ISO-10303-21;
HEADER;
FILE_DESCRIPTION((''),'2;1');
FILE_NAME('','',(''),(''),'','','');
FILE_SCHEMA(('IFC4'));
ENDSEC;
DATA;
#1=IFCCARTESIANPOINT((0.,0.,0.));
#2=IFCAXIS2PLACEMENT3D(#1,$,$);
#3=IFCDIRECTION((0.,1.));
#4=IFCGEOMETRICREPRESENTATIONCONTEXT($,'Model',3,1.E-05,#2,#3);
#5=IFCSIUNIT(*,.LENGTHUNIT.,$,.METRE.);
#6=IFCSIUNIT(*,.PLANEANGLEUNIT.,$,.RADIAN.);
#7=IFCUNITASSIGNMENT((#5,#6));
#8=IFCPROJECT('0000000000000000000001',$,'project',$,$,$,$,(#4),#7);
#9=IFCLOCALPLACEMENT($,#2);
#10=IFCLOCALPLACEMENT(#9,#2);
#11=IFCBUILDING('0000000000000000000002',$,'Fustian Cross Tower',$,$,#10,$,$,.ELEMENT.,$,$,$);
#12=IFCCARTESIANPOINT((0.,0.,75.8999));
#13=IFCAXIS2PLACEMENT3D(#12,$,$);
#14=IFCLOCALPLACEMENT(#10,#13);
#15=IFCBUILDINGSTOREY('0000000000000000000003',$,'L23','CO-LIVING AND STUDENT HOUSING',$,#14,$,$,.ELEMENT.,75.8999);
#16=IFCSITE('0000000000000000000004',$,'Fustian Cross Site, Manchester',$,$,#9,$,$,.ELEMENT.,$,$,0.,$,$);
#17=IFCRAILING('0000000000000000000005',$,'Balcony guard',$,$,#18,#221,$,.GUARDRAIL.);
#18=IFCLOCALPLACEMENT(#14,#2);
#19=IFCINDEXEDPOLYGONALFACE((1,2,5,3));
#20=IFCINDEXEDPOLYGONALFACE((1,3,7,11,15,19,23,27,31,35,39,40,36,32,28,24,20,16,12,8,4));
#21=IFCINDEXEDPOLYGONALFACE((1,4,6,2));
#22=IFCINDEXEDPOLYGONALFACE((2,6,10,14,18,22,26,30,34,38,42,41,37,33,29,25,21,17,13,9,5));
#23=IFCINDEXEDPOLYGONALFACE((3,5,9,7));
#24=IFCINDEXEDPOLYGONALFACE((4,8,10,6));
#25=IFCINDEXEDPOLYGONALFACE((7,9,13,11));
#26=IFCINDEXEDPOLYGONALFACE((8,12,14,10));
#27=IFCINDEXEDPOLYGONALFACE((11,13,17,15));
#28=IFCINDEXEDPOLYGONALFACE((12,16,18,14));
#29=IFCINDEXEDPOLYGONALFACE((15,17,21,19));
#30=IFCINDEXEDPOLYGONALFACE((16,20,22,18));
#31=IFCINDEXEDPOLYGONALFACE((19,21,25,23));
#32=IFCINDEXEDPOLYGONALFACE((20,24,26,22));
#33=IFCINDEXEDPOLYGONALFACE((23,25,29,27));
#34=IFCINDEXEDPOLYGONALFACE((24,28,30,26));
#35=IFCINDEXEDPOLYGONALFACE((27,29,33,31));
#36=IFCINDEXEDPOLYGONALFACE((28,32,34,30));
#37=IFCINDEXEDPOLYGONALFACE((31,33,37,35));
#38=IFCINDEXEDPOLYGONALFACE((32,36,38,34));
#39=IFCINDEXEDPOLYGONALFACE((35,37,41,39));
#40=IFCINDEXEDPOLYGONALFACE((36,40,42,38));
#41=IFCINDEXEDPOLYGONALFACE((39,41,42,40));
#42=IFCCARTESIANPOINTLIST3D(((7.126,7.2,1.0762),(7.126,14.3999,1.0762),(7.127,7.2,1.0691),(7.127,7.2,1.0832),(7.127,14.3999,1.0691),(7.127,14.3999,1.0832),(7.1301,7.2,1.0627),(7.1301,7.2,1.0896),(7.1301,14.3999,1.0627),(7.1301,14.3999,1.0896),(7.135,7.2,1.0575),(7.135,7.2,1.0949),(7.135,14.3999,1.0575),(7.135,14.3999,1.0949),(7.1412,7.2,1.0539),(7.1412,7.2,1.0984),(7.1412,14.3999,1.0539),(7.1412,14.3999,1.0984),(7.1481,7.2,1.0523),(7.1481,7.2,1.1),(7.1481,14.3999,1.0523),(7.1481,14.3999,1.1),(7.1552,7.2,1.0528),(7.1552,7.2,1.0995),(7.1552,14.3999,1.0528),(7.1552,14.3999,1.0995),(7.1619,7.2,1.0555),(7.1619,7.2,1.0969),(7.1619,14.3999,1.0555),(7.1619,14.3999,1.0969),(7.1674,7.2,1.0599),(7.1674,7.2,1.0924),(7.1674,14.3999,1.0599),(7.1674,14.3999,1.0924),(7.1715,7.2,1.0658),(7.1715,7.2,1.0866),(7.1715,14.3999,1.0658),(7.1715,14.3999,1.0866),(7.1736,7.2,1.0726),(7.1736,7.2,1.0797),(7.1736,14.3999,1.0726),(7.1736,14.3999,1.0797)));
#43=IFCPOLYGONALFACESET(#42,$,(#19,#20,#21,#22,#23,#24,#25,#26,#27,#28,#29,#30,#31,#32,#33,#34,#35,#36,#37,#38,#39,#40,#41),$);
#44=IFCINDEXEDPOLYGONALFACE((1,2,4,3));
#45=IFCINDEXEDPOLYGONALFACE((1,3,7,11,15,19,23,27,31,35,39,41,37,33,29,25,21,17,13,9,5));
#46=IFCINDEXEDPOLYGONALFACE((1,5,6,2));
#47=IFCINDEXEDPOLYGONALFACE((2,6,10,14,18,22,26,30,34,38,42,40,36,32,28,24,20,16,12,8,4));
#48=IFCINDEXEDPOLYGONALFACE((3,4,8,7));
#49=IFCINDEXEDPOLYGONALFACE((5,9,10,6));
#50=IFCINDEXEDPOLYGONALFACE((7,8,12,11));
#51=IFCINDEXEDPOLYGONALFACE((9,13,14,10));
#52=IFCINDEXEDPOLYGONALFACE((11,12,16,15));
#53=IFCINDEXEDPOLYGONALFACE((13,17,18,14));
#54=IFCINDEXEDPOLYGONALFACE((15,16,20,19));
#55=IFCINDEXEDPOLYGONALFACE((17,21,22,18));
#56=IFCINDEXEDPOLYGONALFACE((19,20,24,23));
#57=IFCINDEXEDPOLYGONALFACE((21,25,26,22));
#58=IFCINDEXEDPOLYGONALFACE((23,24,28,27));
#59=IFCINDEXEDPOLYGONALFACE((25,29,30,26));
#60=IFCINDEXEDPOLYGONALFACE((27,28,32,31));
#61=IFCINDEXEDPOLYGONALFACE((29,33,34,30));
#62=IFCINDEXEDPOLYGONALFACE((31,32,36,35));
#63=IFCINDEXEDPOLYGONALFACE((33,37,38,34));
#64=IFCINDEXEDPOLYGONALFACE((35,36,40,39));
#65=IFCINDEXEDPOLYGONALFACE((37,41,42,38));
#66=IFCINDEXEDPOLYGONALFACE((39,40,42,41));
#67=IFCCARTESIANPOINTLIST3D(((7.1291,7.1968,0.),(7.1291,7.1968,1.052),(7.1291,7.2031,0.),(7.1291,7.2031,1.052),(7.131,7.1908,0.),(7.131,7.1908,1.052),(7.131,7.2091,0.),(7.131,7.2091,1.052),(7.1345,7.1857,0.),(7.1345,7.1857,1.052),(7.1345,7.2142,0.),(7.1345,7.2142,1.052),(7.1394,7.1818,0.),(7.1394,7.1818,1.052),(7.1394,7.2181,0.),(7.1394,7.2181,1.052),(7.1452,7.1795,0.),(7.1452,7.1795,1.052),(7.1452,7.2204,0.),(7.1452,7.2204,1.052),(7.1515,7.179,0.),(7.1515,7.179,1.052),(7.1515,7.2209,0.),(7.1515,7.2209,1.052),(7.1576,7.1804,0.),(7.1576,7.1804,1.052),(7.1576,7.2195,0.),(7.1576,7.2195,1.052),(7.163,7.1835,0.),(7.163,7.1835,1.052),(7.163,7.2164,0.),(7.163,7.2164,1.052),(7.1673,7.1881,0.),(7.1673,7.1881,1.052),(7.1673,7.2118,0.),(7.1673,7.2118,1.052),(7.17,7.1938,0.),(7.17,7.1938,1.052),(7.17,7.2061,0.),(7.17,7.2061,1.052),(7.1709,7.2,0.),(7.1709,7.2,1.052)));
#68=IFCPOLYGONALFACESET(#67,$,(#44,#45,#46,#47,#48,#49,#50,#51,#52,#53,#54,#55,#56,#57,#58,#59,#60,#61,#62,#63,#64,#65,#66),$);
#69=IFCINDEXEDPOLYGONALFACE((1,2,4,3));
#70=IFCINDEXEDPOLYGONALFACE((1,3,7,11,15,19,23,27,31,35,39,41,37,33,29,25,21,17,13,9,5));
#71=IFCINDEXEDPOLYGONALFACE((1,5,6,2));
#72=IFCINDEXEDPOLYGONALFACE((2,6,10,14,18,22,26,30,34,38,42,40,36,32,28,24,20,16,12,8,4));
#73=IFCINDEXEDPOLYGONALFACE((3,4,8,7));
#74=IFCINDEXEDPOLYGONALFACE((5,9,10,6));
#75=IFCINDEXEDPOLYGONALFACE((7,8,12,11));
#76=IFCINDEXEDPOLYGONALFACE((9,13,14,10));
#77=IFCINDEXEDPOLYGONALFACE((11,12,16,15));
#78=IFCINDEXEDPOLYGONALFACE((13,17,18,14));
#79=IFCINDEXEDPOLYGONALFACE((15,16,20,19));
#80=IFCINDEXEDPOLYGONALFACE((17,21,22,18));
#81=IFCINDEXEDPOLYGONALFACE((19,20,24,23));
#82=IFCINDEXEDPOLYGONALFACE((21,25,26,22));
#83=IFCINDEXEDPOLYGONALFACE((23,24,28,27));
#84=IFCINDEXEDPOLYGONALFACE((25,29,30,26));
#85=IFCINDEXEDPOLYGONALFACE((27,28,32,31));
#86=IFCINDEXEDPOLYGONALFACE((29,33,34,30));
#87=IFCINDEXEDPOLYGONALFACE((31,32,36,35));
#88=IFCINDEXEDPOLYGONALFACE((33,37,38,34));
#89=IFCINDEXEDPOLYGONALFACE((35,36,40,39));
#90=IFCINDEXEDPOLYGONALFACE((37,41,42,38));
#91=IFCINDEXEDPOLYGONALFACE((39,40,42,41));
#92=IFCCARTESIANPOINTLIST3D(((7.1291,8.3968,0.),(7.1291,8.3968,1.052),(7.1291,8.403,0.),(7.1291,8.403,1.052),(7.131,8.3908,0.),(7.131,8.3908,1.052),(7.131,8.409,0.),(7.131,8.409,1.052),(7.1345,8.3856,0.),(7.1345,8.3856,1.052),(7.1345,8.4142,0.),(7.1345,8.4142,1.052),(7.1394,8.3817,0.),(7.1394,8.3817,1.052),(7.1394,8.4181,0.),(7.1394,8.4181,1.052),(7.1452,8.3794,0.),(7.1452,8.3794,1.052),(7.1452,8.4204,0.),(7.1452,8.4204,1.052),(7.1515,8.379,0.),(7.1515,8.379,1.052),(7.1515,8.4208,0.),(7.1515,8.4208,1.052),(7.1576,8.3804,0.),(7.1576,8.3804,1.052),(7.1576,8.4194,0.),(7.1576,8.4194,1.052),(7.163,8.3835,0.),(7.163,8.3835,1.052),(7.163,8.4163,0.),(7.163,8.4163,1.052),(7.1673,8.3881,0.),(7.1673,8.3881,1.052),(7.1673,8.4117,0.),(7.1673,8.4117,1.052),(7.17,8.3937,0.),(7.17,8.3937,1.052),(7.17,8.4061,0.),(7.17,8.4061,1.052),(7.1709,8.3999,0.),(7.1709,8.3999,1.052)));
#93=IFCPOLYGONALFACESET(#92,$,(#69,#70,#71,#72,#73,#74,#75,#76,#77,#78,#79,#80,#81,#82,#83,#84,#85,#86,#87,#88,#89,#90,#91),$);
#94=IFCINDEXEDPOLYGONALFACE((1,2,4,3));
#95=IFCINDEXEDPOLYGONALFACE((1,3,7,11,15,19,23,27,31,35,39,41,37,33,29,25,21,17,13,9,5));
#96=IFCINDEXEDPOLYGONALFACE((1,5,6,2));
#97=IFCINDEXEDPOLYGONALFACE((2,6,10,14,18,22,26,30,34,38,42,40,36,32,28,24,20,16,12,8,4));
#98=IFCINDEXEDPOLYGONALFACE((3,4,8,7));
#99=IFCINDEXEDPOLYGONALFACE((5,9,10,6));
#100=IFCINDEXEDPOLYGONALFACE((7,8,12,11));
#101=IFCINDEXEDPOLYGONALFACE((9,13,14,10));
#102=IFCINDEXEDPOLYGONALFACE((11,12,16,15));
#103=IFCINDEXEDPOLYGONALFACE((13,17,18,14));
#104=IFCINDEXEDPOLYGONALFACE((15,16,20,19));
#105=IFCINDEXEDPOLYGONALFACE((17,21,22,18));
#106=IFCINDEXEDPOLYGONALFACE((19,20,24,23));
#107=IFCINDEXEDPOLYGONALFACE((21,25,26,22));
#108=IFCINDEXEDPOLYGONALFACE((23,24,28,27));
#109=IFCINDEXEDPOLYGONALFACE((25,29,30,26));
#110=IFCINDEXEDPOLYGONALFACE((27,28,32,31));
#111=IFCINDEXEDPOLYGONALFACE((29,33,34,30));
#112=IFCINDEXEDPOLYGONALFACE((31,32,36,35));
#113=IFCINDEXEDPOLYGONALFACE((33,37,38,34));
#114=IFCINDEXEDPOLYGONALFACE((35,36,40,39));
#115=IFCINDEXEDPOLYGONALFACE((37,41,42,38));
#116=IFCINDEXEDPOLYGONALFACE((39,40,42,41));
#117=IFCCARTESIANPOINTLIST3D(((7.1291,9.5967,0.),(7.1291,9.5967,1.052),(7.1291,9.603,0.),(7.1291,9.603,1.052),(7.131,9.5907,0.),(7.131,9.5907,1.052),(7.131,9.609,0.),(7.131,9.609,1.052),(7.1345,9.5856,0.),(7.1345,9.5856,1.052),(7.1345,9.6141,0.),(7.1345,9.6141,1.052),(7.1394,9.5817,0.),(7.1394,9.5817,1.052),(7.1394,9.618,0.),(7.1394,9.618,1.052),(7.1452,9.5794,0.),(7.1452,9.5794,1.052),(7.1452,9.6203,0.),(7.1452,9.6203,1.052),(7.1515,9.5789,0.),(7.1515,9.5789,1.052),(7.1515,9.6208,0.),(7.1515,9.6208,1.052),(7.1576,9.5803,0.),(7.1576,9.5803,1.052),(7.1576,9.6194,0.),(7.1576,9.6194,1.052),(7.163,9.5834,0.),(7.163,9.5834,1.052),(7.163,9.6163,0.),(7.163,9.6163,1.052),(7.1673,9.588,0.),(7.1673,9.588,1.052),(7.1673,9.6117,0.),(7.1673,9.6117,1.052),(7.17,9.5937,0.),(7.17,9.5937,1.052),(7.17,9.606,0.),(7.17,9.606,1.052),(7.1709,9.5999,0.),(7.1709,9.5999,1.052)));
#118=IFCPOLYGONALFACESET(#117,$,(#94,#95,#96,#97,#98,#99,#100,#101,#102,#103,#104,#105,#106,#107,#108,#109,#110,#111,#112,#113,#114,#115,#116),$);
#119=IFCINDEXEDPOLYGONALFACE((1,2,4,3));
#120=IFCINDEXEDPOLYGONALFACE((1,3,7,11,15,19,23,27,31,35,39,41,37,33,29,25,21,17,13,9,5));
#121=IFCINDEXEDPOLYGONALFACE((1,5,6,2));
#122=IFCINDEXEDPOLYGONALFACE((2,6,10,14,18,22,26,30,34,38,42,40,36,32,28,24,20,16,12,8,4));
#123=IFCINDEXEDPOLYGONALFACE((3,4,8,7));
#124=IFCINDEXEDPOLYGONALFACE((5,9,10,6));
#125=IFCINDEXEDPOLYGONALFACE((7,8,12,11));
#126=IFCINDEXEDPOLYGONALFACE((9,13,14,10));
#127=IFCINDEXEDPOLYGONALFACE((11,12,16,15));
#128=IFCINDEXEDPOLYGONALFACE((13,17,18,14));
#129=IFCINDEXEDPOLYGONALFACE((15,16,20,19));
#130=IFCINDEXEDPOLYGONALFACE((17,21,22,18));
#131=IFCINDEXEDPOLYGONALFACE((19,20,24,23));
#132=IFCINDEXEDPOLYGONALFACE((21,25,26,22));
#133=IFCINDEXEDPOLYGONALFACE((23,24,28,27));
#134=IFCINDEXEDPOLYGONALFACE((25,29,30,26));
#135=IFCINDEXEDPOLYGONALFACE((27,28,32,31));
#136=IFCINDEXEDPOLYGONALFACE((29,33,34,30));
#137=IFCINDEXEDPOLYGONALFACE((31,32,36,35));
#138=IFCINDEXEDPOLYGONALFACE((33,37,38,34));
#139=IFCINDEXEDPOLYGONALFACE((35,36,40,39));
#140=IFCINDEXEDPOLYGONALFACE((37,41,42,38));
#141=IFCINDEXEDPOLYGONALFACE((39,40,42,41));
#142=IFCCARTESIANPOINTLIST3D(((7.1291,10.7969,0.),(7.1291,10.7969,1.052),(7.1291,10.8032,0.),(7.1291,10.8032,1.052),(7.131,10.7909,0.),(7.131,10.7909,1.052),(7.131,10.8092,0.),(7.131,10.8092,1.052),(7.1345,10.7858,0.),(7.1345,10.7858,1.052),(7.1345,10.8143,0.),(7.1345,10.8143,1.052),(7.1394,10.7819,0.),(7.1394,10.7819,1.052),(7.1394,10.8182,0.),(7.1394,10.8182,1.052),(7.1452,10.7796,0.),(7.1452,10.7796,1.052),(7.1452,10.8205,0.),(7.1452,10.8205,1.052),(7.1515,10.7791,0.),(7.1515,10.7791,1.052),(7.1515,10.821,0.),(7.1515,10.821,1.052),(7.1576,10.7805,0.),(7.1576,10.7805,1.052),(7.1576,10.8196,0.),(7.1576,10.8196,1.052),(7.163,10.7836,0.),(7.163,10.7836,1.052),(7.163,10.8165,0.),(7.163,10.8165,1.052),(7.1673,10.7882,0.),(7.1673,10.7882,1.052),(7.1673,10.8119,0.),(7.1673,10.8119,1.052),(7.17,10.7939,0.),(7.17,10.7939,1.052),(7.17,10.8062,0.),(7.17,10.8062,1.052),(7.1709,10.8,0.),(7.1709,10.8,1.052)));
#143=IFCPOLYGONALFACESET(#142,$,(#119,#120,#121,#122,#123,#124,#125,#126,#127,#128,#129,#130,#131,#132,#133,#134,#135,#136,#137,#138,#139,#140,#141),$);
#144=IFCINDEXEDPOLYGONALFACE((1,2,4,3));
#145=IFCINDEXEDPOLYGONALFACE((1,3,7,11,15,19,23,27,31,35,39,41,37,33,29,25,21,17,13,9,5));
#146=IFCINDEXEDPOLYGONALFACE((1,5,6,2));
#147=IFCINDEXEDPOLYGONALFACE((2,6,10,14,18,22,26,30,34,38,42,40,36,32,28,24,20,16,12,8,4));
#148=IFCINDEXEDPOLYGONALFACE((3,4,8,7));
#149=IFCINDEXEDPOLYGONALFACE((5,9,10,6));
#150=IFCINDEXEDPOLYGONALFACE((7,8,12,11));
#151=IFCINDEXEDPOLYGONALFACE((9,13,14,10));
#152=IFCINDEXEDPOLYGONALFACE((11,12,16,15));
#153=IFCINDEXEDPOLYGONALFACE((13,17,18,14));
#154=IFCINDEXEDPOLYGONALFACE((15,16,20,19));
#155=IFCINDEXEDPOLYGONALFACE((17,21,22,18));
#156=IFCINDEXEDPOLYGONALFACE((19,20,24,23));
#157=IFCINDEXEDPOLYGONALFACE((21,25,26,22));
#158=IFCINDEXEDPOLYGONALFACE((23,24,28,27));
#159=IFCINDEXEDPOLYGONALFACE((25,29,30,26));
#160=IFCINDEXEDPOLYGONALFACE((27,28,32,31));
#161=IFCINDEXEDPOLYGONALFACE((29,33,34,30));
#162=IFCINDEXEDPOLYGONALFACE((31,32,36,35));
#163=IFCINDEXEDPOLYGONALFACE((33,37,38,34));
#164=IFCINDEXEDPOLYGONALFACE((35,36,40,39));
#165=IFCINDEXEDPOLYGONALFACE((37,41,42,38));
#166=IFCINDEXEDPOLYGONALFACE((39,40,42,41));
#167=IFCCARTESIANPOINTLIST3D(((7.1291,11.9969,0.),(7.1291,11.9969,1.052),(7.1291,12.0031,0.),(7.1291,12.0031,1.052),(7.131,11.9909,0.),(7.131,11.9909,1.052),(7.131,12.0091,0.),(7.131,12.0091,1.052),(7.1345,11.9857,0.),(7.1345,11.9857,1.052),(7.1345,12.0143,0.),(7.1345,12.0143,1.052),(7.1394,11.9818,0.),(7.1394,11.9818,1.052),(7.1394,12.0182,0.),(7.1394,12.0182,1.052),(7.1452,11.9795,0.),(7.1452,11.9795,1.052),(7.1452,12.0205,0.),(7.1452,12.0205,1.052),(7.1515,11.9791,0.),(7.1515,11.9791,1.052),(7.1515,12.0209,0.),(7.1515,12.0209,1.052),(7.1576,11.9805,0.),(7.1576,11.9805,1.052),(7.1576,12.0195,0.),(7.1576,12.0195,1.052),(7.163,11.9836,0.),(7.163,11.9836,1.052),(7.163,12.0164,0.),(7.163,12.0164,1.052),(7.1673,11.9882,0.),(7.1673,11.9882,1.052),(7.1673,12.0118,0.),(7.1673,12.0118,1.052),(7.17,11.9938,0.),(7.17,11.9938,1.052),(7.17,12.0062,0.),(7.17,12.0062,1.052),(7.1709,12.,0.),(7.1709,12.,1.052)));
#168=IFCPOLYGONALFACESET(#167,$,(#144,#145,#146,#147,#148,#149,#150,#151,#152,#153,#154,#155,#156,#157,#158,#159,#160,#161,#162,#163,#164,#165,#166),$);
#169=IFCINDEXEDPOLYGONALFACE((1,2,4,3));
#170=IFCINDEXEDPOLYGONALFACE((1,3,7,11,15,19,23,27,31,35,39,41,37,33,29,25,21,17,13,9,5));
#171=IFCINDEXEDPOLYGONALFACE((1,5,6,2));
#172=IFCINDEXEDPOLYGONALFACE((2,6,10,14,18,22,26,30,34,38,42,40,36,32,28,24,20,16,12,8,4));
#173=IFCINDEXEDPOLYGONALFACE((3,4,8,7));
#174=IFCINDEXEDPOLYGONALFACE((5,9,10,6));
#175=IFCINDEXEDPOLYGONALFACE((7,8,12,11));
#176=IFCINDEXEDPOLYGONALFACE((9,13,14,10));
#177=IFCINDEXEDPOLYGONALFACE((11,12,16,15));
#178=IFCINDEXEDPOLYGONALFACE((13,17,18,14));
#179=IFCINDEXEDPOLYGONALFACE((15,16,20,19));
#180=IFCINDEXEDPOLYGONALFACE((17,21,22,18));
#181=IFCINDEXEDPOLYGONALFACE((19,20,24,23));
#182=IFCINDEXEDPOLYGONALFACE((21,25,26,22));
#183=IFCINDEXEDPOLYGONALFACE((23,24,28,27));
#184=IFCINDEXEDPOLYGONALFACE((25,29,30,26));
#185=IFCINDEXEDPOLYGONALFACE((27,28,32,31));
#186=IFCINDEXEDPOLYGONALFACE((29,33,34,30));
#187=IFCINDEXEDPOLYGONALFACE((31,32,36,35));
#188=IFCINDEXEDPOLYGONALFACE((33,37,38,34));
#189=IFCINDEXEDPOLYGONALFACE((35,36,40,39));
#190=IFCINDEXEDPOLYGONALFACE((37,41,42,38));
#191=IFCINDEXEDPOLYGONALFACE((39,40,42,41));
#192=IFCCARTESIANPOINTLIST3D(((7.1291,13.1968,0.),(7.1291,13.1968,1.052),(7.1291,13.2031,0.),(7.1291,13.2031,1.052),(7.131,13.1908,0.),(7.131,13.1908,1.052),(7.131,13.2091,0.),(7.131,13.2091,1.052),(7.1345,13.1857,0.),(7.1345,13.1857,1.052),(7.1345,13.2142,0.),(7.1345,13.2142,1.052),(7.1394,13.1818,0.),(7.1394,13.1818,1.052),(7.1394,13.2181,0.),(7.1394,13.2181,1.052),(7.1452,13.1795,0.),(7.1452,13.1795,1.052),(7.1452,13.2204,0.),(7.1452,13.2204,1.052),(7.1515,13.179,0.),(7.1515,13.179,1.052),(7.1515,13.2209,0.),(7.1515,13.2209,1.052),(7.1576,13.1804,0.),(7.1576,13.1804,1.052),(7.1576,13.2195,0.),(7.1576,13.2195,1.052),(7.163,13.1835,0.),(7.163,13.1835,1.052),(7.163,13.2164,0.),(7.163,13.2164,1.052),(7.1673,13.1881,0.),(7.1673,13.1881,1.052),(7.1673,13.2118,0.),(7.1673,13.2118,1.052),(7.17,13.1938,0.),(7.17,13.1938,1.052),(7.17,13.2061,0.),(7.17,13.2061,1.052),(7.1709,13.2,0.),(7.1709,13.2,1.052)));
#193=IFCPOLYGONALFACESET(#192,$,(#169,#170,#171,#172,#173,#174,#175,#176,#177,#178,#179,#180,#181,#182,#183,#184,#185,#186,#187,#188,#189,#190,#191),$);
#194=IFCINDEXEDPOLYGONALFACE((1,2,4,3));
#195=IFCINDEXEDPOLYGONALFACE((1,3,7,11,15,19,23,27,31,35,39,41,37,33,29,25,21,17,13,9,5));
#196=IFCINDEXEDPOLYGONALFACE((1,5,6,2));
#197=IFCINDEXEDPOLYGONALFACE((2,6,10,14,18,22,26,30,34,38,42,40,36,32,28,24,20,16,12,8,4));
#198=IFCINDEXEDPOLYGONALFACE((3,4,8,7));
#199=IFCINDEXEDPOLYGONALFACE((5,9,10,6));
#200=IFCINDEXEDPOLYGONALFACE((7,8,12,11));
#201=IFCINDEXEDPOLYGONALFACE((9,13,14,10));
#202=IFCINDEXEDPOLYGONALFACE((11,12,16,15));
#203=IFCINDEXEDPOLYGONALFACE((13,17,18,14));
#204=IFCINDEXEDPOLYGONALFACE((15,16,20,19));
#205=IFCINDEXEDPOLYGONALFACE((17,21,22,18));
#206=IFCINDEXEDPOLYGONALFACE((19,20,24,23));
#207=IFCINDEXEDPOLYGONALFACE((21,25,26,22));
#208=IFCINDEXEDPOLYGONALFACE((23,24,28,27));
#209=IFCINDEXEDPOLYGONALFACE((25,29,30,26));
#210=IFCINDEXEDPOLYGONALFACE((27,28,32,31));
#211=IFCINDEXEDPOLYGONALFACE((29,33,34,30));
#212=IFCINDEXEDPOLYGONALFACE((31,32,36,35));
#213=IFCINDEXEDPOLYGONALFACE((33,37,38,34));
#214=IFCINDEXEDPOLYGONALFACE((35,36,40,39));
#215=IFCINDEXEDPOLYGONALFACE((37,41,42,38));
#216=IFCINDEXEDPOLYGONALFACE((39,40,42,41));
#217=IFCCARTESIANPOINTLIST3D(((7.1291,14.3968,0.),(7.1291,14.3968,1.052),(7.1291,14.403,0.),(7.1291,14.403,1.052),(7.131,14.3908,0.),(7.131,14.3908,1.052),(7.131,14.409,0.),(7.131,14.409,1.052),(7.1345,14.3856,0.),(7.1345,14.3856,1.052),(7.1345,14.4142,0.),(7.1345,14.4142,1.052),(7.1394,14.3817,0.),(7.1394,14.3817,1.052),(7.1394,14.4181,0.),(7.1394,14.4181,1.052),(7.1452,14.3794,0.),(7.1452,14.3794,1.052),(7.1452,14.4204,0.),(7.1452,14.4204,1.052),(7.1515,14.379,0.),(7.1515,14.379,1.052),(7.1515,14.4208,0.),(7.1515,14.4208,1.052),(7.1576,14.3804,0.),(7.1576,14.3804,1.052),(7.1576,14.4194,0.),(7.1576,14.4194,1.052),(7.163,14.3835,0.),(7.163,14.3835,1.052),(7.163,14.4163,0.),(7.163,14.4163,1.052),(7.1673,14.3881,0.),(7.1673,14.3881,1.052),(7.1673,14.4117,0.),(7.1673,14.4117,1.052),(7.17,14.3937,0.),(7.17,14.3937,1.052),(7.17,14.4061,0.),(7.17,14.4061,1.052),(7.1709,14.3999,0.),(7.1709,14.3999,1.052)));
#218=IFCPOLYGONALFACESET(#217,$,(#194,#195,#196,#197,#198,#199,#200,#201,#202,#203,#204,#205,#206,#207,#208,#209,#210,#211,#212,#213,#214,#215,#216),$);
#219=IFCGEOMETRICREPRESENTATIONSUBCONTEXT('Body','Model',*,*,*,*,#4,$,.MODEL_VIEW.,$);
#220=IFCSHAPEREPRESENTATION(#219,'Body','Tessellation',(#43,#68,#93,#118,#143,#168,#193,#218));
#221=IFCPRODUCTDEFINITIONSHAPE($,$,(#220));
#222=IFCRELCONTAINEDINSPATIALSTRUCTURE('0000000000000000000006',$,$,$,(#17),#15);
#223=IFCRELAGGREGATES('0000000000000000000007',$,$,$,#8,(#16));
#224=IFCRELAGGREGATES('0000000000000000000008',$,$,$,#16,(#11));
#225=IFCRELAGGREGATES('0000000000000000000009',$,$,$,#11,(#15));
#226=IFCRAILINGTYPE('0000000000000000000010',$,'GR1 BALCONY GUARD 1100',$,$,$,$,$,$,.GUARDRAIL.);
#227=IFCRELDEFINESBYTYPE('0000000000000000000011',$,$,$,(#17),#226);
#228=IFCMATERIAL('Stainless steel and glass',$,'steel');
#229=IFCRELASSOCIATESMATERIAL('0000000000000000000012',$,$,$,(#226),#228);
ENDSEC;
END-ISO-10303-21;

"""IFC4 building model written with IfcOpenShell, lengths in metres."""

from ifc_helpers import new_model, si_unit, direction, frame, origin, origin_2d, place, context, subcontext, project, spatial, circle, extrude, material, type_object, element, save


model = new_model("IFC4")

# Units and contexts
model_context = context("Model", 3, precision=1e-05, world=origin(), true_north=direction((0.0, 1.0)))
body_context = subcontext(model_context, "Body", "Model", "MODEL_VIEW")
ifc_project = project(units=[si_unit("LENGTHUNIT", "METRE"), si_unit("PLANEANGLEUNIT", "RADIAN")], contexts=[model_context])

# Site, building, storey
site_placement = place(None, origin())
site = spatial("IfcSite", under=ifc_project, at=site_placement, Name="Fustian Cross Site, Manchester", CompositionType="ELEMENT", RefElevation=0.0)
building_placement = place(site_placement, origin())
building = spatial("IfcBuilding", under=site, at=building_placement, Name="Fustian Cross Tower", CompositionType="ELEMENT")
storey_placement = place(building_placement, frame((0.0, 0.0, 75.8999)))
storey = spatial("IfcBuildingStorey", under=building, at=storey_placement, Name="L23", Description="CO-LIVING AND STUDENT HOUSING", CompositionType="ELEMENT", Elevation=75.8999)

# Railing
ifc_material_1 = material(Name="Stainless steel and glass", Category="steel")
railing_type = type_object("IfcRailingType", Name="GR1 BALCONY GUARD 1100", PredefinedType="GUARDRAIL", material=ifc_material_1)
railing_placement = place(storey_placement, frame((7.1499, 7.2, 0.0)))
element("IfcRailing", 1, at=railing_placement, inside=storey, type_object=railing_type, Name="Balcony guard", PredefinedType="GUARDRAIL", context=body_context, shape_type="SweptSolid", body=[
    extrude(circle(Radius=0.0239, at=origin_2d()), frame((0.0, 0.0, 1.0762), z_axis=(0.0, 1.0, 0.0), x_axis=(-1.0, 0.0, 0.0)), (0.0, 0.0, 1.0), 7.2),
    extrude(circle(Radius=0.021, at=origin_2d()), origin(), (0.0, 0.0, 1.0), 1.052),
    extrude(circle(Radius=0.021, at=origin_2d()), frame((0.0, 1.2, 0.0)), (0.0, 0.0, 1.0), 1.052),
    extrude(circle(Radius=0.021, at=origin_2d()), frame((0.0, 2.3999, 0.0)), (0.0, 0.0, 1.0), 1.052),
    extrude(circle(Radius=0.021, at=origin_2d()), frame((0.0, 3.6001, 0.0)), (0.0, 0.0, 1.0), 1.052),
    extrude(circle(Radius=0.021, at=origin_2d()), frame((0.0, 4.8, 0.0)), (0.0, 0.0, 1.0), 1.052),
    extrude(circle(Radius=0.021, at=origin_2d()), frame((0.0, 6.0, 0.0)), (0.0, 0.0, 1.0), 1.052),
    extrude(circle(Radius=0.021, at=origin_2d()), frame((0.0, 7.2, 0.0)), (0.0, 0.0, 1.0), 1.052),
])

save(model, "model.ifc")
